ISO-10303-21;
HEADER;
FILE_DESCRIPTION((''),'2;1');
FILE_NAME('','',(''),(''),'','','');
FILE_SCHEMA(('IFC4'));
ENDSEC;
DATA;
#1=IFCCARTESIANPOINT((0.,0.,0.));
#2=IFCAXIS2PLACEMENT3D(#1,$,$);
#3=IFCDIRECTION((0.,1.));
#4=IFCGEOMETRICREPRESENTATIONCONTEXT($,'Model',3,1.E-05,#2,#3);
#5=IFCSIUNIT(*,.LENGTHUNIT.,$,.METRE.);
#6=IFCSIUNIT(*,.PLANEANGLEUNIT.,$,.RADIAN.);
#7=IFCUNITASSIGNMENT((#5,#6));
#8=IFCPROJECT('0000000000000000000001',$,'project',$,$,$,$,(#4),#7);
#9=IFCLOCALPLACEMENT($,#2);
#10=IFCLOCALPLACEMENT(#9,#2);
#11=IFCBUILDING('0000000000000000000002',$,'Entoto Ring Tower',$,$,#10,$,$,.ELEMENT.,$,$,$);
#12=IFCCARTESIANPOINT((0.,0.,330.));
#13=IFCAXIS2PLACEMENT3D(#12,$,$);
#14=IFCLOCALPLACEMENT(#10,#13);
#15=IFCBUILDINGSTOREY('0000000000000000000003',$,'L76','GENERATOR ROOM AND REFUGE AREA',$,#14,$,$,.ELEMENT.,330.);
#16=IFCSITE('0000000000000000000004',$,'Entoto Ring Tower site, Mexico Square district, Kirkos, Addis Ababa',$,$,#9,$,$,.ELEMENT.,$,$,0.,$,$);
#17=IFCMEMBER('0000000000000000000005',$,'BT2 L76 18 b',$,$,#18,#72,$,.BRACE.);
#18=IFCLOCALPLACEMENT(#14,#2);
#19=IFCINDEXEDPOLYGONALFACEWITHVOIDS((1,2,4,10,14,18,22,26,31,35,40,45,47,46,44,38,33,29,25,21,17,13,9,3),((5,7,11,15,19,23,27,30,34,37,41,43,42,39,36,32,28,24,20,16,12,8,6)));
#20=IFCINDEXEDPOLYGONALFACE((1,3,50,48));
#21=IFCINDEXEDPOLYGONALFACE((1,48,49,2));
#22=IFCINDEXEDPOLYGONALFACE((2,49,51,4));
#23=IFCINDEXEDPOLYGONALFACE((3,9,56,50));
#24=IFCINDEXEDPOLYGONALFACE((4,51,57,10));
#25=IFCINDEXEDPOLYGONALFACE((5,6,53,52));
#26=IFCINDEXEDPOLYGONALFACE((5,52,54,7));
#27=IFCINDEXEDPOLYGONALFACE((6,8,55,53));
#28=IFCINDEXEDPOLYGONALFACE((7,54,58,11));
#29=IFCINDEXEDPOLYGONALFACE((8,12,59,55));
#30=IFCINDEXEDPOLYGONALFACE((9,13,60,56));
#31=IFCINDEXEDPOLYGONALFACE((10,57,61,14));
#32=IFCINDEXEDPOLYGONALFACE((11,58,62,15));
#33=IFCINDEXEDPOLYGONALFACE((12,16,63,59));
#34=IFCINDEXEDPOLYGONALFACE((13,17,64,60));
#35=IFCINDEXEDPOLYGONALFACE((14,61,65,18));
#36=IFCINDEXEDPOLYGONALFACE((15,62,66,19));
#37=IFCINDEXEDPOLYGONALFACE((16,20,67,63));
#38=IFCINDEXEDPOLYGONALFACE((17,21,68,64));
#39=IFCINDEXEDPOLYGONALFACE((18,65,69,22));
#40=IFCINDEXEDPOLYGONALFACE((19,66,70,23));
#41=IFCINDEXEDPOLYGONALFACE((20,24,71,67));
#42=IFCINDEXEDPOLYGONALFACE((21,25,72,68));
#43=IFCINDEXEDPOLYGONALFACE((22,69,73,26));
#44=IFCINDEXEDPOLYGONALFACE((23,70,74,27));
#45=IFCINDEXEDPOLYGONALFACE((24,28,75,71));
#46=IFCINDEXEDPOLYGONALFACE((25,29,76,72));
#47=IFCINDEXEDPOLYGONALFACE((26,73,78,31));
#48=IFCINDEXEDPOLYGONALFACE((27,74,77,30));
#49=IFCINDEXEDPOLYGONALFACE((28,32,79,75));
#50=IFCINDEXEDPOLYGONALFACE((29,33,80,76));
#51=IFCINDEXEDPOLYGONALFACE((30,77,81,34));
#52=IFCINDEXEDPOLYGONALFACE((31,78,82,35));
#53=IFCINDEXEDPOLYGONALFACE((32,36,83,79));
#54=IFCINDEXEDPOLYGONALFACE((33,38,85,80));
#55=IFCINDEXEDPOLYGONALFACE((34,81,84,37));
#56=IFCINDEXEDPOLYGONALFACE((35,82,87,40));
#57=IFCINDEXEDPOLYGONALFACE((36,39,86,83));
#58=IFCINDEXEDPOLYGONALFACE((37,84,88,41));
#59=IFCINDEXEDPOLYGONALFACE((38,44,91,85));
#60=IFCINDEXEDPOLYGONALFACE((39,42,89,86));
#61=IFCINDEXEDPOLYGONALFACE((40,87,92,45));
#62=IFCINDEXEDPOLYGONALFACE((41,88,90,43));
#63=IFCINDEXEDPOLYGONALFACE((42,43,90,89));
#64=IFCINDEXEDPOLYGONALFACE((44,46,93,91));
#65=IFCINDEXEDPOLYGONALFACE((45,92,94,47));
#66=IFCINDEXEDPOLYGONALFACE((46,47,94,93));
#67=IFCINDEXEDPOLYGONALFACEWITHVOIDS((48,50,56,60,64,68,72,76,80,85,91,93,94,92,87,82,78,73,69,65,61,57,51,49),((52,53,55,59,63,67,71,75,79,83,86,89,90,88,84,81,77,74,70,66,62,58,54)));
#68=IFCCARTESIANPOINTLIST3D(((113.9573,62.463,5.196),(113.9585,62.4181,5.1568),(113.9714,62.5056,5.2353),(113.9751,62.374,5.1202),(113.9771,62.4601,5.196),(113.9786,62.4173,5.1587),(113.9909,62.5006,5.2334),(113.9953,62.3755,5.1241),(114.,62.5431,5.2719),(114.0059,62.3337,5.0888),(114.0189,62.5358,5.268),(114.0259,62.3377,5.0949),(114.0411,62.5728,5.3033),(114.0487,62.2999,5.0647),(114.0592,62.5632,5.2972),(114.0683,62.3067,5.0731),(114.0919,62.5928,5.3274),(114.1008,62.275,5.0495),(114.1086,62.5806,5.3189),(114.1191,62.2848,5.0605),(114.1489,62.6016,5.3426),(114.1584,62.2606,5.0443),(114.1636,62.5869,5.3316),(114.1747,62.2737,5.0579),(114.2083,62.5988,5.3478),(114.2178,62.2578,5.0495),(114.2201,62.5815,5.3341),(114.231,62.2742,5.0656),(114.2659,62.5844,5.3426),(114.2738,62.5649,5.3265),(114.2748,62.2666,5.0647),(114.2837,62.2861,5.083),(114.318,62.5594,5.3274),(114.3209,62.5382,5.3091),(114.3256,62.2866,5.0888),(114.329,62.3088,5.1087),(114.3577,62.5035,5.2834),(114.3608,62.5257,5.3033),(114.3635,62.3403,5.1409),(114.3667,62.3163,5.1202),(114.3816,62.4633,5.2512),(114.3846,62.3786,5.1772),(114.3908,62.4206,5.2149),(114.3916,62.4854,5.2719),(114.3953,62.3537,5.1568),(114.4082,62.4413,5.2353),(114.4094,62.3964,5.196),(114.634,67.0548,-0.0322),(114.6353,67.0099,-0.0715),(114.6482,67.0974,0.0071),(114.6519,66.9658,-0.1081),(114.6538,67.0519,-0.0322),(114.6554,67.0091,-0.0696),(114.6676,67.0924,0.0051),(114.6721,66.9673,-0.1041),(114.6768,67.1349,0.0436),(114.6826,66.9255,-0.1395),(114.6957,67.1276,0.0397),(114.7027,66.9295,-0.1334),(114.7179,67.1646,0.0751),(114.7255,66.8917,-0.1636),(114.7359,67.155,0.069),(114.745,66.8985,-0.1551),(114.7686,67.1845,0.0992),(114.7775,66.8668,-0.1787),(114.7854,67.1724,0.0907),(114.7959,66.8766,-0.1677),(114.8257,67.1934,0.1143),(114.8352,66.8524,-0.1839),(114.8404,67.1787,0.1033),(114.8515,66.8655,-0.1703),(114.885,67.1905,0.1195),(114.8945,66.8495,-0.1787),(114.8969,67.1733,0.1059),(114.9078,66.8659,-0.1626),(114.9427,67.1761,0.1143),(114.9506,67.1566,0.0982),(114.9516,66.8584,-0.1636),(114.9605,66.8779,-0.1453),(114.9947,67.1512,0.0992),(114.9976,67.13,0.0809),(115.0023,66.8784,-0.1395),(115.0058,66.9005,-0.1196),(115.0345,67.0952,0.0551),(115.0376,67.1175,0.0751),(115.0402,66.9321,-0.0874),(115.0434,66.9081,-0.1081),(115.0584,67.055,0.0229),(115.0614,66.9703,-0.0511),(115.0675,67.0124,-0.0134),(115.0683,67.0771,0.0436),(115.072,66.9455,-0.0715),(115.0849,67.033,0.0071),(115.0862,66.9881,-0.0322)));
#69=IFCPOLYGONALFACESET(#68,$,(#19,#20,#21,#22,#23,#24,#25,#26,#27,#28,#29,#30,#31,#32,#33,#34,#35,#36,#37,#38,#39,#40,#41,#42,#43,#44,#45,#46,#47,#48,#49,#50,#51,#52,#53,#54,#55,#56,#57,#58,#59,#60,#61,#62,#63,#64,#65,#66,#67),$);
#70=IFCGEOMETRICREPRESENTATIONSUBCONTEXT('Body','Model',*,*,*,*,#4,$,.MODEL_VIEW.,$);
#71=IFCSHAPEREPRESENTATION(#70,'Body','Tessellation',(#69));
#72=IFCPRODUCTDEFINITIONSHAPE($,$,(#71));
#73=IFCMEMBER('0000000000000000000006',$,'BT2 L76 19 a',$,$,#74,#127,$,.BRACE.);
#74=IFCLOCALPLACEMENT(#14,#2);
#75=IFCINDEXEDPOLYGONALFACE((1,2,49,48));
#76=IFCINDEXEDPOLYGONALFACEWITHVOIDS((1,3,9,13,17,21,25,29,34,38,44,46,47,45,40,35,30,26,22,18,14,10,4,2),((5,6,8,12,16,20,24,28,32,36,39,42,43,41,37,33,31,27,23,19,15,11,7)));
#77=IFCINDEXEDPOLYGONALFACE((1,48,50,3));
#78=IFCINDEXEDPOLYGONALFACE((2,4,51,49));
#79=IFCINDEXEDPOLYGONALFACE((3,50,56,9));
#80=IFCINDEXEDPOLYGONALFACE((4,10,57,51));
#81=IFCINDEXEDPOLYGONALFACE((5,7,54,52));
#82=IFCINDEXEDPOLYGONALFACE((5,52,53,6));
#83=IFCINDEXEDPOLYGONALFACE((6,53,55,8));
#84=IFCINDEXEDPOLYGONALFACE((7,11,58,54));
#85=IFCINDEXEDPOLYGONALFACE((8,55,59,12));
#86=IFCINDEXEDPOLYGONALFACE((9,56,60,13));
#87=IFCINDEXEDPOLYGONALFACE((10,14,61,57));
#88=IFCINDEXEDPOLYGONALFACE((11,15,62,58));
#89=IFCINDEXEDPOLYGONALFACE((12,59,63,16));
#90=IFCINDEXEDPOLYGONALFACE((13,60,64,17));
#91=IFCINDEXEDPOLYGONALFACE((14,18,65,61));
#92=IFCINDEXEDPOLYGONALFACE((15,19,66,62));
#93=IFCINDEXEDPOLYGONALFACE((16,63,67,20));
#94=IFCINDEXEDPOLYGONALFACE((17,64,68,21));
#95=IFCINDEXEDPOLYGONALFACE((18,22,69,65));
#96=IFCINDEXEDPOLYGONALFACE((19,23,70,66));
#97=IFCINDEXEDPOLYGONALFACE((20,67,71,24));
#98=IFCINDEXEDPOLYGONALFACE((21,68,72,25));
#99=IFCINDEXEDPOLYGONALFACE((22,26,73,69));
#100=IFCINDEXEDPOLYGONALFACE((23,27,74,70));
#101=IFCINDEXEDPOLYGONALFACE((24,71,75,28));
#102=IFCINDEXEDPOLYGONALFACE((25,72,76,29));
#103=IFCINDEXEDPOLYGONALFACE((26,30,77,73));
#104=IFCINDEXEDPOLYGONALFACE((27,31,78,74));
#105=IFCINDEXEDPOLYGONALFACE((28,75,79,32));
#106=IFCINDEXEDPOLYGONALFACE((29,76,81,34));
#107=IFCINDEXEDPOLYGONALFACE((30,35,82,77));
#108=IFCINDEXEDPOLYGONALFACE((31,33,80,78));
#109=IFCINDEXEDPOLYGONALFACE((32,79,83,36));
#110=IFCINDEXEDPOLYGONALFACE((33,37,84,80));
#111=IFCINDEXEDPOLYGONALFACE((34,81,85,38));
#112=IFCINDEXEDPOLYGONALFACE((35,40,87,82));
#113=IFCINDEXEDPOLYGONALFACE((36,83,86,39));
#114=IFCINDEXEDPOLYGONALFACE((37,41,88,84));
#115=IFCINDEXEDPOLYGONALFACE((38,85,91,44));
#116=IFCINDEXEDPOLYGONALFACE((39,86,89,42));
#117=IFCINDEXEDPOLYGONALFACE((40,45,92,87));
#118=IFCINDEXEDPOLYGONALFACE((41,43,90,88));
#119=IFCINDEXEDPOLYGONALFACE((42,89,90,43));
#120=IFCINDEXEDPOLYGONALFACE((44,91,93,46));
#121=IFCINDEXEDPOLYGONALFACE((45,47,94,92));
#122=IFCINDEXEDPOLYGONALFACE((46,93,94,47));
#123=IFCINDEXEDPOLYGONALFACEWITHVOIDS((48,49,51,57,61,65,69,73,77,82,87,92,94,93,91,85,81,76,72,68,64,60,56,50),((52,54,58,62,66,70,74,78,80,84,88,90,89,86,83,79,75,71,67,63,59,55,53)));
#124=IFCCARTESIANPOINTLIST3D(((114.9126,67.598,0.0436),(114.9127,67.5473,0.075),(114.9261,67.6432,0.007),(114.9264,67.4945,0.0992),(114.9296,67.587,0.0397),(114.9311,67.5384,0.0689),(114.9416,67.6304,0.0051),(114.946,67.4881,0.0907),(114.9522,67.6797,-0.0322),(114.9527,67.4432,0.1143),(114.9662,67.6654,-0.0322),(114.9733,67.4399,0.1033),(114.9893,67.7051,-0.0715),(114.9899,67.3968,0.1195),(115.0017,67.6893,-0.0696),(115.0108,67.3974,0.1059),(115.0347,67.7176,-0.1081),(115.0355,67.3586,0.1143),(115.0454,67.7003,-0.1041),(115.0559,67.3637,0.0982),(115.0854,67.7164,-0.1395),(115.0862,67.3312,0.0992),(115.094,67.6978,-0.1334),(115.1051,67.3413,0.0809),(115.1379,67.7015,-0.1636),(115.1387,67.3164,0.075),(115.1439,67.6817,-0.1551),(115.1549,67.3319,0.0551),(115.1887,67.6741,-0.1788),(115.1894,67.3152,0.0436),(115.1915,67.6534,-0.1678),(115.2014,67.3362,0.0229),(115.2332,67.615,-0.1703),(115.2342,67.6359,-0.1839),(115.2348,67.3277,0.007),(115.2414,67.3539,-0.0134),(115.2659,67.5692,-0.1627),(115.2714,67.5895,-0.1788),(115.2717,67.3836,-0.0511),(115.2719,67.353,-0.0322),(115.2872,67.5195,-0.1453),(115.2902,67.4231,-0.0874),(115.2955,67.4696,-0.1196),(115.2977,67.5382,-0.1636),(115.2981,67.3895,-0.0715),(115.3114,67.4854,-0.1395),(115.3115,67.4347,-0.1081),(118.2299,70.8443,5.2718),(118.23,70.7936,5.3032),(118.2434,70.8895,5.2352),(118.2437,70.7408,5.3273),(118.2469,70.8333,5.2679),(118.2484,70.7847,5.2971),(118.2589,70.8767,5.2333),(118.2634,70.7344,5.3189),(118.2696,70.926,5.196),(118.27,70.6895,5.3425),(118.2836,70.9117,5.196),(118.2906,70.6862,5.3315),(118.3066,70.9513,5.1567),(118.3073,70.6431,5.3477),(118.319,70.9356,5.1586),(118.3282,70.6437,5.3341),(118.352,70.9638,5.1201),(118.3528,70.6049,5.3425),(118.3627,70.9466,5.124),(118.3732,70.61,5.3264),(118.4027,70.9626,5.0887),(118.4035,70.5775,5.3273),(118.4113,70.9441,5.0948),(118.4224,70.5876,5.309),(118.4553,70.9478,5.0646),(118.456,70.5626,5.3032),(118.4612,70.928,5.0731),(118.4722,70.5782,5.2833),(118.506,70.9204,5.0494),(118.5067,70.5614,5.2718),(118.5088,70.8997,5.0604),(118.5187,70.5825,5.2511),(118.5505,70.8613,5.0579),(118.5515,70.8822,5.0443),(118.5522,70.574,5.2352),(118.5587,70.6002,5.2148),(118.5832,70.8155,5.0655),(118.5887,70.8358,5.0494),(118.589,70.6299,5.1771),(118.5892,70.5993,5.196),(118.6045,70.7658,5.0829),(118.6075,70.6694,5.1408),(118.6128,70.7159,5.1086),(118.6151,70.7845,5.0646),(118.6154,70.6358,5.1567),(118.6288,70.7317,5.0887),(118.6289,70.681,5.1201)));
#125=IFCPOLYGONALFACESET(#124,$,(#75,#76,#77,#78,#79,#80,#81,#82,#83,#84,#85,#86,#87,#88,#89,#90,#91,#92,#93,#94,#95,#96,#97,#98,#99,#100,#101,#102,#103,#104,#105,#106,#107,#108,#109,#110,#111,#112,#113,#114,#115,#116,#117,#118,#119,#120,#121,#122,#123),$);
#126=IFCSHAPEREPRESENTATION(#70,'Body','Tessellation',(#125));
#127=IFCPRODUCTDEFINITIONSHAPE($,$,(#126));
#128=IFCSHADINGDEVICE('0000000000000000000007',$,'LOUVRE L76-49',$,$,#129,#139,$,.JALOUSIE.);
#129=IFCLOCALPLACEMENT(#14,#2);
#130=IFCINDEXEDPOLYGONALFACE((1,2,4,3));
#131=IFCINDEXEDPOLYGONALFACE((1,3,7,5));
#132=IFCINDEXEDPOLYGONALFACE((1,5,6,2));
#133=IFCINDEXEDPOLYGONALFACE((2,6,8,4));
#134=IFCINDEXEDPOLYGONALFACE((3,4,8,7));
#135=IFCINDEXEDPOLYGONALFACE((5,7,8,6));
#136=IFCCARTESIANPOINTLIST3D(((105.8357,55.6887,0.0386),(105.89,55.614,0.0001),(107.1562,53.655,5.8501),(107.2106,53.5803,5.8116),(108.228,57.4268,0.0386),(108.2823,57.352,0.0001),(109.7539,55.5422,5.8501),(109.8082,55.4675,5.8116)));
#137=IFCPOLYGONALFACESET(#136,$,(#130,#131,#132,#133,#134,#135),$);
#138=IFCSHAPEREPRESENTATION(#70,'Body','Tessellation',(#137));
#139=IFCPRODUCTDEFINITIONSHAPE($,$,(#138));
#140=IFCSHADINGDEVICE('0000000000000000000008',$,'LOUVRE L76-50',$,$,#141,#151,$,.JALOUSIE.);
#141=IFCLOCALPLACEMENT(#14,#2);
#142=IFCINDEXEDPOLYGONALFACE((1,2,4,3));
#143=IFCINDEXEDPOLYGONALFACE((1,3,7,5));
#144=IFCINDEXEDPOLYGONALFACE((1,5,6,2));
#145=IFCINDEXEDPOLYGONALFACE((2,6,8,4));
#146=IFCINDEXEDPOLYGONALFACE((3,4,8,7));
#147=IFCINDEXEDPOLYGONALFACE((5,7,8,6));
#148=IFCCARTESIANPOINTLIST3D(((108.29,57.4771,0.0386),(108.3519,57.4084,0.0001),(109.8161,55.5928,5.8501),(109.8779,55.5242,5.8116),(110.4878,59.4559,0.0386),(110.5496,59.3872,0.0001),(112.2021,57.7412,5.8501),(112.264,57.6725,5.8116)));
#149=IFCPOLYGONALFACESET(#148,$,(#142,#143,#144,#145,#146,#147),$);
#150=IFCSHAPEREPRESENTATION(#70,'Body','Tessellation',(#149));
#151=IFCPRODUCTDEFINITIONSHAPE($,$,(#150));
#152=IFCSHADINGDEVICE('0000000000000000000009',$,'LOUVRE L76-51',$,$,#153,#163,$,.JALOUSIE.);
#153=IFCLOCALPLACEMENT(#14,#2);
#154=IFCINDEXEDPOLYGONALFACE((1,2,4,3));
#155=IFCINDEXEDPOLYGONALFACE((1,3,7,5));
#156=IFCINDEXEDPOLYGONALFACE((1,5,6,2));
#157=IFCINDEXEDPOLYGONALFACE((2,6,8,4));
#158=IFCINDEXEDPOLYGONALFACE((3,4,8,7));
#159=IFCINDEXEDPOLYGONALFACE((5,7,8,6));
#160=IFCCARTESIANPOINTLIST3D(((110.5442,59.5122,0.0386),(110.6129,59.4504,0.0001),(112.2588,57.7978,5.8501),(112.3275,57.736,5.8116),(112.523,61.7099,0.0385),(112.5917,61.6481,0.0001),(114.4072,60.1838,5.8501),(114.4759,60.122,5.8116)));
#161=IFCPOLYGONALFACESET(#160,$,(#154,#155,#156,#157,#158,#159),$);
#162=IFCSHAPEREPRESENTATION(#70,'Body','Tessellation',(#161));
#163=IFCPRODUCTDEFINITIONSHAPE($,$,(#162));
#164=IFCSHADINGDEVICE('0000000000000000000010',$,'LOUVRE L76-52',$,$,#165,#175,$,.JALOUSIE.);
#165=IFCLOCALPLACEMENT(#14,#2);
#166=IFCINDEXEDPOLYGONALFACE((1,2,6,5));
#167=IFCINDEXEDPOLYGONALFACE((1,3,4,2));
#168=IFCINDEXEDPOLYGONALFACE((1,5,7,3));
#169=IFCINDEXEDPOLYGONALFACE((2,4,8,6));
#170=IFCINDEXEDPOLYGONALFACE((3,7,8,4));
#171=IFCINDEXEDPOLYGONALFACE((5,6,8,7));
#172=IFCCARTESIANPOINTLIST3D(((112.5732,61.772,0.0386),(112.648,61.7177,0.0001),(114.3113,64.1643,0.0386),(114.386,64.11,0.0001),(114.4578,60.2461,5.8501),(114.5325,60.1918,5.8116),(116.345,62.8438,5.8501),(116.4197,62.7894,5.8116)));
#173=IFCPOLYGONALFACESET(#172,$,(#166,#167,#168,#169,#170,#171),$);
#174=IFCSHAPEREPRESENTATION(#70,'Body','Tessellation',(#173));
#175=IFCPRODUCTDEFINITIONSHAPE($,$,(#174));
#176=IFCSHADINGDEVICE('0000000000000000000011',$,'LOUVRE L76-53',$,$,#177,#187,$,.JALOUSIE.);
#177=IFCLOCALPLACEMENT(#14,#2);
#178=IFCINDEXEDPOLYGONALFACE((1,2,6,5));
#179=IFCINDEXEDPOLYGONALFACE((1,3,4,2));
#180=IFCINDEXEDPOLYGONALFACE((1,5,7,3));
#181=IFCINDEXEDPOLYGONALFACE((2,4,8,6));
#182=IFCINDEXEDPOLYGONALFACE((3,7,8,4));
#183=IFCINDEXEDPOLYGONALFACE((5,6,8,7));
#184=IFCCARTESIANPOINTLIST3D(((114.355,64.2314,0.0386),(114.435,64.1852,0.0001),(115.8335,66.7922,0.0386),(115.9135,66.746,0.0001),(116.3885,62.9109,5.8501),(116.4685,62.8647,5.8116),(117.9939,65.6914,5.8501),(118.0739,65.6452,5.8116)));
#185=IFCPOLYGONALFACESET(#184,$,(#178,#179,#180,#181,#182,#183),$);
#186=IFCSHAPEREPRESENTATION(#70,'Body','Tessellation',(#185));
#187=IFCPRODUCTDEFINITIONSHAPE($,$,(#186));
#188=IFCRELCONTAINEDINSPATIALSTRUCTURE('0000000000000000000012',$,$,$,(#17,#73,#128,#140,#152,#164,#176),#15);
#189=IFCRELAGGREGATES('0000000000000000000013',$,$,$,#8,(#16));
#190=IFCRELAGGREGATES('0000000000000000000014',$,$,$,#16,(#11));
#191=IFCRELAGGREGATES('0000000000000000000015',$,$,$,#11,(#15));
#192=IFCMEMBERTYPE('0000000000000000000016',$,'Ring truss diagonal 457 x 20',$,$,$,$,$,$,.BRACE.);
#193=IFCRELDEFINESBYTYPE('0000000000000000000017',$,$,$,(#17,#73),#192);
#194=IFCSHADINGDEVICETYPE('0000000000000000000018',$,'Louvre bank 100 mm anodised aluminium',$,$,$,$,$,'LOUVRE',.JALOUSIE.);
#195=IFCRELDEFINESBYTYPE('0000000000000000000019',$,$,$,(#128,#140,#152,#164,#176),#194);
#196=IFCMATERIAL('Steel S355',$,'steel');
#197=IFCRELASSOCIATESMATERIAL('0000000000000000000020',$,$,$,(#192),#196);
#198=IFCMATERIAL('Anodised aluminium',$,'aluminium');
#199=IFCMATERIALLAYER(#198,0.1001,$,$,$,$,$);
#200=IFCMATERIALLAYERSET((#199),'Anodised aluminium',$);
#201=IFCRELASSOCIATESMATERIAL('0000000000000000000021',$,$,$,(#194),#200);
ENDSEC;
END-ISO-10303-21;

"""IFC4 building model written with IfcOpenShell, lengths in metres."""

from ifc_helpers import new_model, si_unit, direction, frame, origin, origin_2d, place, context, subcontext, project, spatial, polyline, circle, hollow_circle, outline, extrude, material, layer, layer_set, material_profile, profile_set, type_object, element, save


model = new_model("IFC4")

# Units and contexts
model_context = context("Model", 3, precision=1e-05, world=origin(), true_north=direction((0.0, 1.0)))
body_context = subcontext(model_context, "Body", "Model", "MODEL_VIEW")
ifc_project = project(units=[si_unit("LENGTHUNIT", "METRE"), si_unit("PLANEANGLEUNIT", "RADIAN")], contexts=[model_context])

# Site, building, storey
site_placement = place(None, origin())
site = spatial("IfcSite", under=ifc_project, at=site_placement, Name="Entoto Ring Tower site, Mexico Square district, Kirkos, Addis Ababa", CompositionType="ELEMENT", RefElevation=0.0)
building_placement = place(site_placement, origin())
building = spatial("IfcBuilding", under=site, at=building_placement, Name="Entoto Ring Tower", CompositionType="ELEMENT")
storey_placement = place(building_placement, frame((0.0, 0.0, 330.0)))
storey = spatial("IfcBuildingStorey", under=building, at=storey_placement, Name="L76", Description="GENERATOR ROOM AND REFUGE AREA", CompositionType="ELEMENT", Elevation=330.0)

# Members
ifc_material_1 = material(Name="Steel S355", Category="steel")
ifc_material_profile_1 = material_profile(ifc_material_1, hollow_circle(Radius=0.2285, WallThickness=0.02, at=origin_2d()), Name="CHS 457 x 20")
ifc_material_2 = material(Name="Concrete C60/75", Category="concrete")
ifc_material_profile_2 = material_profile(ifc_material_2, circle(Radius=0.2085, at=origin_2d()), Name="Concrete C60/75 infill")
ifc_profile_set_1 = profile_set([ifc_material_profile_1, ifc_material_profile_2], Name="Steel S355")
member_type_1 = type_object("IfcMemberType", Name="Ring truss diagonal 457 x 20", PredefinedType="BRACE", material=ifc_profile_set_1)
for number, where, z_axis, x_axis, name in (
    (1, (114.1833, 62.4297, 5.196), (0.096801, 0.656793, -0.747832), (-0.989313, 0.145809, 0.0), "BT2 L76 18 b"),
    (2, (115.1121, 67.5164, -0.0322), (0.4745, 0.464338, 0.747823), (-0.699412, 0.714719, 0.0), "BT2 L76 19 a"),
):
    element("IfcMember", number, at=place(storey_placement, frame(where, z_axis=z_axis, x_axis=x_axis)), inside=storey, type_object=member_type_1, Name=name, PredefinedType="BRACE", context=body_context, shape_type="SweptSolid", body=[
        extrude(hollow_circle(Radius=0.2285, WallThickness=0.02, at=origin_2d()), origin(), (0.0, 0.0, 1.0), 6.9912),
    ])

# Shading devices
ifc_material_3 = material(Name="Anodised aluminium", Category="aluminium")
ifc_layer_1 = layer(ifc_material_3, 0.1001)
ifc_layer_set_1 = layer_set([ifc_layer_1], Name="Anodised aluminium")
shading_device_type = type_object("IfcShadingDeviceType", Name="Louvre bank 100 mm anodised aluminium", ElementType="LOUVRE", PredefinedType="JALOUSIE", material=ifc_layer_set_1)
shading_device_1_placement = place(storey_placement, frame((105.8357, 55.6887, 0.0386), z_axis=(-0.542551, 0.746798, 0.384619), x_axis=(0.809032, 0.587764, 0.0)))
element("IfcShadingDevice", 3, at=shading_device_1_placement, inside=storey, type_object=shading_device_type, Name="LOUVRE L76-49", PredefinedType="JALOUSIE", context=body_context, shape_type="SweptSolid", body=[
    extrude(outline(polyline([(0.0, 0.0), (2.957, 0.0), (3.0839, -6.2958), (-0.127, -6.2958), (0.0, 0.0)])), origin(), (0.0, 0.0, -1.0), 0.1001),
])
shading_device_2_placement = place(storey_placement, frame((108.29, 57.4771, 0.0386), z_axis=(-0.61766, 0.685984, 0.384606), x_axis=(0.743149, 0.669126, 0.000009)))
element("IfcShadingDevice", 4, at=shading_device_2_placement, inside=storey, type_object=shading_device_type, Name="LOUVRE L76-50", PredefinedType="JALOUSIE", context=body_context, shape_type="SweptSolid", body=[
    extrude(outline(polyline([(0.0, 0.0), (2.9573, 0.0), (3.0841, -6.2958), (-0.1266, -6.2958), (0.0, 0.0)])), origin(), (0.0, 0.0, -1.0), 0.1001),
])
shading_device_3_placement = place(storey_placement, frame((110.5442, 59.5122, 0.0386), z_axis=(-0.685984, 0.61766, 0.384606), x_axis=(0.669126, 0.743149, -0.000009)))
element("IfcShadingDevice", 5, at=shading_device_3_placement, inside=storey, type_object=shading_device_type, Name="LOUVRE L76-51", PredefinedType="JALOUSIE", context=body_context, shape_type="SweptSolid", body=[
    extrude(outline(polyline([(0.0, 0.0), (2.9573, 0.0), (3.0839, -6.2958), (-0.1268, -6.2958), (0.0, 0.0)])), origin(), (0.0, 0.0, -1.0), 0.1001),
])
shading_device_4_placement = place(storey_placement, frame((112.5732, 61.772, 0.0386), z_axis=(-0.746798, 0.542551, 0.384619), x_axis=(0.587764, 0.809032, 0.0)))
element("IfcShadingDevice", 6, at=shading_device_4_placement, inside=storey, type_object=shading_device_type, Name="LOUVRE L76-52", PredefinedType="JALOUSIE", context=body_context, shape_type="SweptSolid", body=[
    extrude(outline(polyline([(0.0, 0.0), (2.957, 0.0), (3.084, -6.2958), (-0.1268, -6.2958), (0.0, 0.0)])), origin(), (0.0, 0.0, -1.0), 0.1001),
])
shading_device_5_placement = place(storey_placement, frame((114.355, 64.2314, 0.0386), z_axis=(-0.799403, 0.461562, 0.384598), x_axis=(0.50002, 0.866014, -0.000005)))
element("IfcShadingDevice", 7, at=shading_device_5_placement, inside=storey, type_object=shading_device_type, Name="LOUVRE L76-53", PredefinedType="JALOUSIE", context=body_context, shape_type="SweptSolid", body=[
    extrude(outline(polyline([(0.0, 0.0), (2.957, 0.0), (3.0839, -6.2958), (-0.1269, -6.2958), (0.0, 0.0)])), origin(), (0.0, 0.0, -1.0), 0.1001),
])

save(model, "model.ifc")
